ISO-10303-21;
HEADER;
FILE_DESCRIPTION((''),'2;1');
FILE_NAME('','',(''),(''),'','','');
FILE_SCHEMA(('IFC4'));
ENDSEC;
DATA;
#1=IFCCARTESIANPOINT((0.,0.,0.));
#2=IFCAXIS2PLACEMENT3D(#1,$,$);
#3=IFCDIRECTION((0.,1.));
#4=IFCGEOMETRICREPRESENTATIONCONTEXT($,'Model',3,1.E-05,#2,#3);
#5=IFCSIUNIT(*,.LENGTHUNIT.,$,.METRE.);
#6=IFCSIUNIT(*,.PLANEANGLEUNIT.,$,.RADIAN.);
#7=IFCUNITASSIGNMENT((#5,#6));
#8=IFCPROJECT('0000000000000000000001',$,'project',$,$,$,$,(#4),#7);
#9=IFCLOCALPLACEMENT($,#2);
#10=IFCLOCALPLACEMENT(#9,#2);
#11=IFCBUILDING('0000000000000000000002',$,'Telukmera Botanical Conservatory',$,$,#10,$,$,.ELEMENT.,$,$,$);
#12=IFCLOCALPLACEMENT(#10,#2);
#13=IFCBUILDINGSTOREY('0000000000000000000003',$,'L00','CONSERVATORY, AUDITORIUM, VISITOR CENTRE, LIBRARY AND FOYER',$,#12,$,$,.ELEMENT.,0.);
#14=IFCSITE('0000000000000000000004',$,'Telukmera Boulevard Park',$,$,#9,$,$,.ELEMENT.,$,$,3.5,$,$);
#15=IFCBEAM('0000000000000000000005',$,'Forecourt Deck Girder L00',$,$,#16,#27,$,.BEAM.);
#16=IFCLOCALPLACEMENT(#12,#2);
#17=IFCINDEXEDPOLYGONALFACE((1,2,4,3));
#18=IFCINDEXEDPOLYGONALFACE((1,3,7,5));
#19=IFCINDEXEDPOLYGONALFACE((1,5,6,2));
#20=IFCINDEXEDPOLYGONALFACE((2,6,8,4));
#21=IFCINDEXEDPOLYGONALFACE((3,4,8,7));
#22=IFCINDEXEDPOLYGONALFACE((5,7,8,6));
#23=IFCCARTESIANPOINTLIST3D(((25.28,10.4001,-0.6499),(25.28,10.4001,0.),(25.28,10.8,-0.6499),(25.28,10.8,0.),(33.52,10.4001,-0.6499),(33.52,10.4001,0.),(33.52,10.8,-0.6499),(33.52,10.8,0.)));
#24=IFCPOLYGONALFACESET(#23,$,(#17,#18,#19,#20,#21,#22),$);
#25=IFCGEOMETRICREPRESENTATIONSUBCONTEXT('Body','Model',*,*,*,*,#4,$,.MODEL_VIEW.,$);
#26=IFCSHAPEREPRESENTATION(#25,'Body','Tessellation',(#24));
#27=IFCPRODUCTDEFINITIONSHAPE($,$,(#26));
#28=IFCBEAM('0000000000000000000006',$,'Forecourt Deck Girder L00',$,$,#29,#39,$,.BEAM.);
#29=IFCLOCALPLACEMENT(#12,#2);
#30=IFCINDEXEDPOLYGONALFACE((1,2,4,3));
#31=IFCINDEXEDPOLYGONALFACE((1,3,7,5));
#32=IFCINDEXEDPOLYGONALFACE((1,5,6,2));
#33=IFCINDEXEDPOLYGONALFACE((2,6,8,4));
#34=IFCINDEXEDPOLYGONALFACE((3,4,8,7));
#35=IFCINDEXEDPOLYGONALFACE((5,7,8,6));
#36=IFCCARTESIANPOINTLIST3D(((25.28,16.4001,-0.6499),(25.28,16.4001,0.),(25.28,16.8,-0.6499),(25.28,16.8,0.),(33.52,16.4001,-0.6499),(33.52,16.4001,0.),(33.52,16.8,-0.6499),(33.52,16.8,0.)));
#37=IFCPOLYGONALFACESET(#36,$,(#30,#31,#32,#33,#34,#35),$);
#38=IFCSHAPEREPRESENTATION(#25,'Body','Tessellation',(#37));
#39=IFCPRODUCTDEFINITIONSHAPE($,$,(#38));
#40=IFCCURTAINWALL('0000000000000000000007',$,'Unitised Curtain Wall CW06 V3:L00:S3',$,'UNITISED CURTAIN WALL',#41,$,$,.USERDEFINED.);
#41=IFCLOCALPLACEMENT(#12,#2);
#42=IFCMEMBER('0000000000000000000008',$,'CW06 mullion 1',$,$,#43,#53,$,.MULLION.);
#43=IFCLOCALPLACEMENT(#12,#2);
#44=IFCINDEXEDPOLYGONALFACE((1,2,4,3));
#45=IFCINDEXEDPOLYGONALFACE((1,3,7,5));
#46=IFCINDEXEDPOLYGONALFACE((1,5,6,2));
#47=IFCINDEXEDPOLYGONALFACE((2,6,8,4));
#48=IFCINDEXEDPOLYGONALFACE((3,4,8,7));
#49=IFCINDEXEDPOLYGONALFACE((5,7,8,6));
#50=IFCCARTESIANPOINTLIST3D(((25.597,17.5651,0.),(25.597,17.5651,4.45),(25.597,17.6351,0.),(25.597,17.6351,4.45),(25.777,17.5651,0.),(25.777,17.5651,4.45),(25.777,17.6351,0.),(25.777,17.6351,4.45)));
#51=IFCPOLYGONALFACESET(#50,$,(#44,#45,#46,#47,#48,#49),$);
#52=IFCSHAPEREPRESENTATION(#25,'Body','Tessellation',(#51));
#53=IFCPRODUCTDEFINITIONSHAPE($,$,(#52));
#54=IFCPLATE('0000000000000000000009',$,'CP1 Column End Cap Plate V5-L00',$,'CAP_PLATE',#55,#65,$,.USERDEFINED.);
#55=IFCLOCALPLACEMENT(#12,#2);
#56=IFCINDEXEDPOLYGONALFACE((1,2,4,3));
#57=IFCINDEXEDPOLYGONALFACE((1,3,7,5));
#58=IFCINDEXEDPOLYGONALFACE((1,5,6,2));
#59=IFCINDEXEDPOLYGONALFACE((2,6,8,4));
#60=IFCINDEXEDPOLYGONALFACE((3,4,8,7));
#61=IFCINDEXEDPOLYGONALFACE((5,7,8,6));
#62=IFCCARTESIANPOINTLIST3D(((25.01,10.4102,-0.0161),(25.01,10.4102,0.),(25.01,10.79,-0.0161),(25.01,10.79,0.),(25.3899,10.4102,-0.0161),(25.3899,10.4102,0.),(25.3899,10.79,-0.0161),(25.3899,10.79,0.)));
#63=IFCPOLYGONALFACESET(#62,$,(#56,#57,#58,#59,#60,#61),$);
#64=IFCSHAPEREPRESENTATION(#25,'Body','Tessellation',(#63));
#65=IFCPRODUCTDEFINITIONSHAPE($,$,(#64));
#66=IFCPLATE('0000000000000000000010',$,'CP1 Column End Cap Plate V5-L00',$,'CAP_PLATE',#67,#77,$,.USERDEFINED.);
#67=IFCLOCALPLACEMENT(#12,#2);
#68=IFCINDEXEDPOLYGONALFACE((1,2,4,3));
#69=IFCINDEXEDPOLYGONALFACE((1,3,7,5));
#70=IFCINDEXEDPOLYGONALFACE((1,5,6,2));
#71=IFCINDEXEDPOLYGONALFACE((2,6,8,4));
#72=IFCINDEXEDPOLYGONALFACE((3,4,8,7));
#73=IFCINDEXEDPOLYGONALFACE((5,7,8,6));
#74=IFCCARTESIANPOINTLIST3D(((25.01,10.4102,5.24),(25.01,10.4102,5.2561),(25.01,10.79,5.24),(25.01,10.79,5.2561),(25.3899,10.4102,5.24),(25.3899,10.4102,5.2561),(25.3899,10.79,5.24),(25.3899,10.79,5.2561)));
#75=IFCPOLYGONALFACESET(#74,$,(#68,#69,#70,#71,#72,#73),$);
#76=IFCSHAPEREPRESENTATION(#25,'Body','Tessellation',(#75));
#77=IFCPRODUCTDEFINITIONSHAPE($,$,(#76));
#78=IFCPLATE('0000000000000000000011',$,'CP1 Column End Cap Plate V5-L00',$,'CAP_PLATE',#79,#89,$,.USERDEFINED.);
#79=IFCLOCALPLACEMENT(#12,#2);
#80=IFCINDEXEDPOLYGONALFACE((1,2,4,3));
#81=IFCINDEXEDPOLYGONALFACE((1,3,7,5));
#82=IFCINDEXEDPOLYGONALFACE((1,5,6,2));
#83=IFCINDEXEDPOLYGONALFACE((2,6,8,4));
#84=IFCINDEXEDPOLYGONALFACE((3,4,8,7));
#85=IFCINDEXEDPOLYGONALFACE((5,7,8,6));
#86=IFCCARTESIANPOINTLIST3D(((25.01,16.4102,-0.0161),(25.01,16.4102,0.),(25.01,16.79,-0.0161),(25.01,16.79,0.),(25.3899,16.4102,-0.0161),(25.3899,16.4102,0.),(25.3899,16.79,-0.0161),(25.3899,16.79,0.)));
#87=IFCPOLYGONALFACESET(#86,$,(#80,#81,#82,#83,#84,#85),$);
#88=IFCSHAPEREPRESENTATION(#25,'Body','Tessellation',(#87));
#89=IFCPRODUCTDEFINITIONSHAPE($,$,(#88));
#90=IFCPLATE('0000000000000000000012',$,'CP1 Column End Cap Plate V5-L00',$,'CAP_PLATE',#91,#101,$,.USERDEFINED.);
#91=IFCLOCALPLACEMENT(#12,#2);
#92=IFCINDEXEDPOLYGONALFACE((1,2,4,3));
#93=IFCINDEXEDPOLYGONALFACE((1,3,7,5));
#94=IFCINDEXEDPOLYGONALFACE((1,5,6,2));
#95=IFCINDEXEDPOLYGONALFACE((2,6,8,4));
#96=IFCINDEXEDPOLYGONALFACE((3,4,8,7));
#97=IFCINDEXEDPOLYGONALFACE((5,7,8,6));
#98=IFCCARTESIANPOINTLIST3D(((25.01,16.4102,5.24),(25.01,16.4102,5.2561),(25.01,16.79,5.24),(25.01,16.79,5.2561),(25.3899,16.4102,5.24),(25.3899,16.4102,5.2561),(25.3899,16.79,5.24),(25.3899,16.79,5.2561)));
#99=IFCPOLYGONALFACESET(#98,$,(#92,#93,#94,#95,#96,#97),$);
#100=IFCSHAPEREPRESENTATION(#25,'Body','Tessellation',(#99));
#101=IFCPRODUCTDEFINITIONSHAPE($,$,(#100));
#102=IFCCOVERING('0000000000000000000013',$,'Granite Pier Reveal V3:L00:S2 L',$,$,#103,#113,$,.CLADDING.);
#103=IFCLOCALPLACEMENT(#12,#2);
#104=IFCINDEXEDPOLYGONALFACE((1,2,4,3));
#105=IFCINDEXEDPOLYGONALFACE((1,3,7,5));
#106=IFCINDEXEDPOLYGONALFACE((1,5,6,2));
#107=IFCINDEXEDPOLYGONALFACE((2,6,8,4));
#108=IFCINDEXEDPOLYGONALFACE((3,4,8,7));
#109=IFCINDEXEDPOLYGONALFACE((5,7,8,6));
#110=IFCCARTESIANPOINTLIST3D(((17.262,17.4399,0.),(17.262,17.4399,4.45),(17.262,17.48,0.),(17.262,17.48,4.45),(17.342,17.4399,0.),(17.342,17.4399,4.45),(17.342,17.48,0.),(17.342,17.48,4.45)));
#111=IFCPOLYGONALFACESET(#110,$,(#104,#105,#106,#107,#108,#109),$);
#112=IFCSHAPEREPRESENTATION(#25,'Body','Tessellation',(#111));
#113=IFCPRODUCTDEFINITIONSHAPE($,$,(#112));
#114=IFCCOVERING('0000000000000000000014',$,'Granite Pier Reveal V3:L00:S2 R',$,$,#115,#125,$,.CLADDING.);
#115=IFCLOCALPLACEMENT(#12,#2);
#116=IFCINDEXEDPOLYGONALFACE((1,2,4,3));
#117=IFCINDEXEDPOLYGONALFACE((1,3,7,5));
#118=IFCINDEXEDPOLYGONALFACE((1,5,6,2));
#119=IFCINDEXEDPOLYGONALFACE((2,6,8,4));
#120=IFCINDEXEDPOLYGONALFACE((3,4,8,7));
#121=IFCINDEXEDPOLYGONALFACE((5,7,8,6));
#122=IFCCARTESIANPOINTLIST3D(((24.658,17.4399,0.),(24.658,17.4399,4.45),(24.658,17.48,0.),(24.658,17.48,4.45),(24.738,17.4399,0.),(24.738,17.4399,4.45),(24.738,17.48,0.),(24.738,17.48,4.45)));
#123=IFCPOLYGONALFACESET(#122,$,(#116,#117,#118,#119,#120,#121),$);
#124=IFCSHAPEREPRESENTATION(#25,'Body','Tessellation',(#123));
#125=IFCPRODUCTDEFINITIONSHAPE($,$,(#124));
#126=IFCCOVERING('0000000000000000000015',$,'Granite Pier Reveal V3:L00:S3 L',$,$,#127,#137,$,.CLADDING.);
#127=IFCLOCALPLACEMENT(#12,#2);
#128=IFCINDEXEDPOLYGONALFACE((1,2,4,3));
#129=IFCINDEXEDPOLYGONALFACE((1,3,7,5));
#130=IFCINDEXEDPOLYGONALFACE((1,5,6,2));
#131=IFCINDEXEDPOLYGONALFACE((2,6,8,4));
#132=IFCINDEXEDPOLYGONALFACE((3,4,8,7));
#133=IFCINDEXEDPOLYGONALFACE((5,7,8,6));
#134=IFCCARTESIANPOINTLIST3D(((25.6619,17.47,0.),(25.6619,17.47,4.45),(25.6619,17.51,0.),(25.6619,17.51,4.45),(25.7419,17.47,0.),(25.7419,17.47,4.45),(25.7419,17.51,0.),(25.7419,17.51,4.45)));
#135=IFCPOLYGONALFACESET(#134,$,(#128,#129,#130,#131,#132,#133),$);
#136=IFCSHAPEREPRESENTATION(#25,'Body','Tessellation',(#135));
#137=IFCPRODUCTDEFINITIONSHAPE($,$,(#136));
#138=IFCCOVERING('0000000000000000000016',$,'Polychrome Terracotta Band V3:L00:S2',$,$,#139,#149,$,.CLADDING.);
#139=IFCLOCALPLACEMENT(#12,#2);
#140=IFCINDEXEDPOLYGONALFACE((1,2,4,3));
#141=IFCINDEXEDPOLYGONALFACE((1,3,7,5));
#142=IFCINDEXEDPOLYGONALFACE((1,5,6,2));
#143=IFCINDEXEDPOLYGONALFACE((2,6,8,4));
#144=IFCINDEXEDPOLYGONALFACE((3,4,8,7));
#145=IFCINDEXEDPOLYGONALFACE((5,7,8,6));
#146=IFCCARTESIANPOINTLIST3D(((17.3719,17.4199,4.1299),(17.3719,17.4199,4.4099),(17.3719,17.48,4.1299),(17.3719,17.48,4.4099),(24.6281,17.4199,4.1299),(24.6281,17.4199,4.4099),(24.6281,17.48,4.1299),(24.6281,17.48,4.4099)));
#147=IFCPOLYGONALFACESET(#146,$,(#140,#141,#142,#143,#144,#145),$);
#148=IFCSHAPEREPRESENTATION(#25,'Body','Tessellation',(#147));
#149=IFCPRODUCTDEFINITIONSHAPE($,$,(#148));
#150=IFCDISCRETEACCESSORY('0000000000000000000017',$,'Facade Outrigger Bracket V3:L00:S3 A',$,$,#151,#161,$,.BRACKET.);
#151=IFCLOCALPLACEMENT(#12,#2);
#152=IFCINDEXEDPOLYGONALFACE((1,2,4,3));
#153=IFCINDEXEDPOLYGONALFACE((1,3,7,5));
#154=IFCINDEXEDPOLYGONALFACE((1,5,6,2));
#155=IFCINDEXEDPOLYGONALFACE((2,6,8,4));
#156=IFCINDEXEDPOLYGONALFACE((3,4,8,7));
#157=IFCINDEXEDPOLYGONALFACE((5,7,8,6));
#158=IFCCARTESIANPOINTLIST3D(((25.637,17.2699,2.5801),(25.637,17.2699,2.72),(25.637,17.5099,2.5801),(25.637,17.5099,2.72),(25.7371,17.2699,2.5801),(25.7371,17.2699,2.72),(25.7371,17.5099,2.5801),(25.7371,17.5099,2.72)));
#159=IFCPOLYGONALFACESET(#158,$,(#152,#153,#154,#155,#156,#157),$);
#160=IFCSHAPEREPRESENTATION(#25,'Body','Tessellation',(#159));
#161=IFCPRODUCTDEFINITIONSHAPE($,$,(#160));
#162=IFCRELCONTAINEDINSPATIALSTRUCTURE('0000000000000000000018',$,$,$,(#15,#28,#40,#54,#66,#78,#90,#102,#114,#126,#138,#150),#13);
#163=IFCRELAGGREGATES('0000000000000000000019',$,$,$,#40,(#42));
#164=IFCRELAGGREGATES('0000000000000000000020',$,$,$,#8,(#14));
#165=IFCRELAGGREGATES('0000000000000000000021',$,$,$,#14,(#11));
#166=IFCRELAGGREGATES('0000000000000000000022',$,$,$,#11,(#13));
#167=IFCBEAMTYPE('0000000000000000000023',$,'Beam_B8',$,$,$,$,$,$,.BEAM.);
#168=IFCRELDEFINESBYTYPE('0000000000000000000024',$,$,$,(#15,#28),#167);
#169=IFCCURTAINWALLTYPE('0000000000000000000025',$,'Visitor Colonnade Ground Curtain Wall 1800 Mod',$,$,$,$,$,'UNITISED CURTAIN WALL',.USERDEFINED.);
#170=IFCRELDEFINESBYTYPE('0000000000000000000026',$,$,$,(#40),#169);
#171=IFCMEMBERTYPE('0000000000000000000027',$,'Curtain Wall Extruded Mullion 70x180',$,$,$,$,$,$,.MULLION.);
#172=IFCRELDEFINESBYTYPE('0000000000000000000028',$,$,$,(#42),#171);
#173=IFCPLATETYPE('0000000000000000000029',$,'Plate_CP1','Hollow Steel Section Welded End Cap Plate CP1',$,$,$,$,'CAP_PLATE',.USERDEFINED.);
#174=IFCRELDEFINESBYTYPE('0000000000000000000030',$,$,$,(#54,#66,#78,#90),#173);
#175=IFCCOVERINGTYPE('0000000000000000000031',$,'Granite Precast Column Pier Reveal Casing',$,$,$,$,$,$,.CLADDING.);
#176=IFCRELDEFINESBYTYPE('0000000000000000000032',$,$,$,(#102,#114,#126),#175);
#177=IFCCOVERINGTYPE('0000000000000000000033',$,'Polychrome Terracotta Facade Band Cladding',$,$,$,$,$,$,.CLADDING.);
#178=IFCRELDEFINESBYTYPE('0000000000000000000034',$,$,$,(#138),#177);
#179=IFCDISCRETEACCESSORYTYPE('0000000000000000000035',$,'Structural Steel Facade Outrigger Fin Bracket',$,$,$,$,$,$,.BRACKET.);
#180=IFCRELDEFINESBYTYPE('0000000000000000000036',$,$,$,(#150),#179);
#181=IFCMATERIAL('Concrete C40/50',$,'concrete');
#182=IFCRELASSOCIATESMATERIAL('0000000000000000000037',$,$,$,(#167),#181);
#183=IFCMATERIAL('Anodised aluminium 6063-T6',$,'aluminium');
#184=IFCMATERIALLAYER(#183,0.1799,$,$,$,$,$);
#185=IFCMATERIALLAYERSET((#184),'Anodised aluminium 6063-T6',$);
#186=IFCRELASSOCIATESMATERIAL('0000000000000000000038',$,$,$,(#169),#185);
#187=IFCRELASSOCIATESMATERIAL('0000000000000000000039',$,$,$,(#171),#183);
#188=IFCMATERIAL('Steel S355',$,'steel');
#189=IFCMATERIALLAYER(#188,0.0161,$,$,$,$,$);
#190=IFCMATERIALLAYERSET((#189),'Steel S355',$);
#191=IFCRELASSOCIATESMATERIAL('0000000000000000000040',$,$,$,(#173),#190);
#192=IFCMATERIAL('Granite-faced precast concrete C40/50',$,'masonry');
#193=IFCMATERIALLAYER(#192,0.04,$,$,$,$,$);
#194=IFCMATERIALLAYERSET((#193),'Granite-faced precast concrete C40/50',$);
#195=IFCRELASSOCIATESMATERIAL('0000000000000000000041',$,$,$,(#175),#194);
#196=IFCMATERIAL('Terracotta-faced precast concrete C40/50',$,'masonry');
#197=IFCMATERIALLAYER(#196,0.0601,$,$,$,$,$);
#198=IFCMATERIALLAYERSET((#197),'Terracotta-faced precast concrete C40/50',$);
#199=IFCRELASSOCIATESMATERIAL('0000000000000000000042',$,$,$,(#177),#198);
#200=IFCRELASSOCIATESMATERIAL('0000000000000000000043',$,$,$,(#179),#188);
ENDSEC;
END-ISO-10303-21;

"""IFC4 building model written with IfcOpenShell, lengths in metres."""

from ifc_helpers import new_model, si_unit, direction, frame, origin, origin_2d, place, context, subcontext, project, spatial, rectangle, extrude, material, layer, layer_set, material_profile, profile_set, type_object, element, aggregate, save


model = new_model("IFC4")

# Units and contexts
model_context = context("Model", 3, precision=1e-05, world=origin(), true_north=direction((0.0, 1.0)))
body_context = subcontext(model_context, "Body", "Model", "MODEL_VIEW")
ifc_project = project(units=[si_unit("LENGTHUNIT", "METRE"), si_unit("PLANEANGLEUNIT", "RADIAN")], contexts=[model_context])

# Site, building, storey
site_placement = place(None, origin())
site = spatial("IfcSite", under=ifc_project, at=site_placement, Name="Telukmera Boulevard Park", CompositionType="ELEMENT", RefElevation=3.5)
building_placement = place(site_placement, origin())
building = spatial("IfcBuilding", under=site, at=building_placement, Name="Telukmera Botanical Conservatory", CompositionType="ELEMENT")
storey_placement = place(building_placement, origin())
storey = spatial("IfcBuildingStorey", under=building, at=storey_placement, Name="L00", Description="CONSERVATORY, AUDITORIUM, VISITOR CENTRE, LIBRARY AND FOYER", CompositionType="ELEMENT", Elevation=0.0)

# Shared definitions
ifc_material_1 = material(Name="Concrete C40/50", Category="concrete")
ifc_material_2 = material(Name="Steel S355", Category="steel")

# Beams
ifc_material_profile_1 = material_profile(ifc_material_1, rectangle(XDim=0.3999, YDim=0.6499, at=origin_2d()), Name="RC 400x650")
ifc_profile_set_1 = profile_set([ifc_material_profile_1], Name="Concrete C40/50")
beam_type_1 = type_object("IfcBeamType", Name="Beam_B8", PredefinedType="BEAM", material=ifc_profile_set_1)
for number, where, z_axis, x_axis, name in (
    (1, (25.28, 10.6001, -0.325), (1.0, 0.0, 0.0), (0.0, 1.0, 0.0), "Forecourt Deck Girder L00"),
    (2, (25.28, 16.6001, -0.325), (1.0, 0.0, 0.0), (0.0, 1.0, 0.0), "Forecourt Deck Girder L00"),
):
    element("IfcBeam", number, at=place(storey_placement, frame(where, z_axis=z_axis, x_axis=x_axis)), inside=storey, type_object=beam_type_1, Name=name, PredefinedType="BEAM", context=body_context, shape_type="SweptSolid", body=[
        extrude(rectangle(XDim=0.3999, YDim=0.6499, at=origin_2d()), origin(), (0.0, 0.0, 1.0), 8.24),
    ])

# Curtain wall, member
ifc_material_3 = material(Name="Anodised aluminium 6063-T6", Category="aluminium")
ifc_layer_1 = layer(ifc_material_3, 0.1799)
ifc_layer_set_1 = layer_set([ifc_layer_1], Name="Anodised aluminium 6063-T6")
curtain_wall_type = type_object("IfcCurtainWallType", Name="Visitor Colonnade Ground Curtain Wall 1800 Mod", ElementType="UNITISED CURTAIN WALL", PredefinedType="USERDEFINED", material=ifc_layer_set_1)
curtain_wall_placement = place(storey_placement, origin())
curtain_wall = element("IfcCurtainWall", 3, at=curtain_wall_placement, inside=storey, type_object=curtain_wall_type, Name="Unitised Curtain Wall CW06 V3:L00:S3", ObjectType="UNITISED CURTAIN WALL", PredefinedType="USERDEFINED")
ifc_material_profile_2 = material_profile(ifc_material_3, rectangle(XDim=0.0701, YDim=0.1799, at=origin_2d()), Name="ALU MULL 70x180")
ifc_profile_set_2 = profile_set([ifc_material_profile_2], Name="Anodised aluminium 6063-T6")
member_type = type_object("IfcMemberType", Name="Curtain Wall Extruded Mullion 70x180", PredefinedType="MULLION", material=ifc_profile_set_2)
member_placement = place(storey_placement, frame((25.687, 17.6001, 0.0), z_axis=(0.0, 0.0, 1.0), x_axis=(0.0, 1.0, 0.0)))
member = element("IfcMember", 4, at=member_placement, type_object=member_type, Name="CW06 mullion 1", PredefinedType="MULLION", context=body_context, shape_type="SweptSolid", body=[
    extrude(rectangle(XDim=0.0701, YDim=0.1799, at=origin_2d()), origin(), (0.0, 0.0, 1.0), 4.45),
])
aggregate(curtain_wall, [member])

# Plates
ifc_layer_2 = layer(ifc_material_2, 0.0161)
ifc_layer_set_2 = layer_set([ifc_layer_2], Name="Steel S355")
plate_type = type_object("IfcPlateType", Name="Plate_CP1", Description="Hollow Steel Section Welded End Cap Plate CP1", ElementType="CAP_PLATE", PredefinedType="USERDEFINED", material=ifc_layer_set_2)
for number, where, z_axis, x_axis, name in (
    (5, (25.2, 10.6001, -0.0161), (0.0, 0.0, 1.0), (1.0, 0.0, 0.0), "CP1 Column End Cap Plate V5-L00"),
    (6, (25.2, 10.6001, 5.24), (0.0, 0.0, 1.0), (1.0, 0.0, 0.0), "CP1 Column End Cap Plate V5-L00"),
    (7, (25.2, 16.6001, -0.0161), (0.0, 0.0, 1.0), (1.0, 0.0, 0.0), "CP1 Column End Cap Plate V5-L00"),
    (8, (25.2, 16.6001, 5.24), (0.0, 0.0, 1.0), (1.0, 0.0, 0.0), "CP1 Column End Cap Plate V5-L00"),
):
    element("IfcPlate", number, at=place(storey_placement, frame(where, z_axis=z_axis, x_axis=x_axis)), inside=storey, type_object=plate_type, Name=name, ObjectType="CAP_PLATE", PredefinedType="USERDEFINED", context=body_context, shape_type="SweptSolid", body=[
        extrude(rectangle(XDim=0.3799, YDim=0.3799, at=origin_2d()), origin(), (0.0, 0.0, 1.0), 0.0161),
    ])

# Coverings
ifc_material_4 = material(Name="Granite-faced precast concrete C40/50", Category="masonry")
ifc_layer_3 = layer(ifc_material_4, 0.04)
ifc_layer_set_3 = layer_set([ifc_layer_3], Name="Granite-faced precast concrete C40/50")
covering_type_1 = type_object("IfcCoveringType", Name="Granite Precast Column Pier Reveal Casing", PredefinedType="CLADDING", material=ifc_layer_set_3)
for number, where, z_axis, x_axis, name in (
    (9, (17.302, 17.46, 0.0), (0.0, 0.0, 1.0), (1.0, 0.0, 0.0), "Granite Pier Reveal V3:L00:S2 L"),
    (10, (24.698, 17.46, 0.0), (0.0, 0.0, 1.0), (1.0, 0.0, 0.0), "Granite Pier Reveal V3:L00:S2 R"),
    (11, (25.7019, 17.49, 0.0), (0.0, 0.0, 1.0), (1.0, 0.0, 0.0), "Granite Pier Reveal V3:L00:S3 L"),
):
    element("IfcCovering", number, at=place(storey_placement, frame(where, z_axis=z_axis, x_axis=x_axis)), inside=storey, type_object=covering_type_1, Name=name, PredefinedType="CLADDING", context=body_context, shape_type="SweptSolid", body=[
        extrude(rectangle(XDim=0.0801, YDim=0.04, at=origin_2d()), origin(), (0.0, 0.0, 1.0), 4.45),
    ])
ifc_material_5 = material(Name="Terracotta-faced precast concrete C40/50", Category="masonry")
ifc_layer_4 = layer(ifc_material_5, 0.0601)
ifc_layer_set_4 = layer_set([ifc_layer_4], Name="Terracotta-faced precast concrete C40/50")
covering_type_2 = type_object("IfcCoveringType", Name="Polychrome Terracotta Facade Band Cladding", PredefinedType="CLADDING", material=ifc_layer_set_4)
covering_placement = place(storey_placement, frame((21.0, 17.45, 4.1299), z_axis=(0.0, 0.0, 1.0), x_axis=(1.0, 0.0, 0.0)))
element("IfcCovering", 12, at=covering_placement, inside=storey, type_object=covering_type_2, Name="Polychrome Terracotta Band V3:L00:S2", PredefinedType="CLADDING", context=body_context, shape_type="SweptSolid", body=[
    extrude(rectangle(XDim=7.2561, YDim=0.0601, at=origin_2d()), origin(), (0.0, 0.0, 1.0), 0.28),
])

# Discrete accessory
discrete_accessory_type = type_object("IfcDiscreteAccessoryType", Name="Structural Steel Facade Outrigger Fin Bracket", PredefinedType="BRACKET", material=ifc_material_2)
discrete_accessory_placement = place(storey_placement, frame((25.687, 17.3899, 2.5801), z_axis=(0.0, 0.0, 1.0), x_axis=(1.0, 0.0, 0.0)))
element("IfcDiscreteAccessory", 13, at=discrete_accessory_placement, inside=storey, type_object=discrete_accessory_type, Name="Facade Outrigger Bracket V3:L00:S3 A", PredefinedType="BRACKET", context=body_context, shape_type="SweptSolid", body=[
    extrude(rectangle(XDim=0.1001, YDim=0.24, at=origin_2d()), origin(), (0.0, 0.0, 1.0), 0.1399),
])

save(model, "model.ifc")
